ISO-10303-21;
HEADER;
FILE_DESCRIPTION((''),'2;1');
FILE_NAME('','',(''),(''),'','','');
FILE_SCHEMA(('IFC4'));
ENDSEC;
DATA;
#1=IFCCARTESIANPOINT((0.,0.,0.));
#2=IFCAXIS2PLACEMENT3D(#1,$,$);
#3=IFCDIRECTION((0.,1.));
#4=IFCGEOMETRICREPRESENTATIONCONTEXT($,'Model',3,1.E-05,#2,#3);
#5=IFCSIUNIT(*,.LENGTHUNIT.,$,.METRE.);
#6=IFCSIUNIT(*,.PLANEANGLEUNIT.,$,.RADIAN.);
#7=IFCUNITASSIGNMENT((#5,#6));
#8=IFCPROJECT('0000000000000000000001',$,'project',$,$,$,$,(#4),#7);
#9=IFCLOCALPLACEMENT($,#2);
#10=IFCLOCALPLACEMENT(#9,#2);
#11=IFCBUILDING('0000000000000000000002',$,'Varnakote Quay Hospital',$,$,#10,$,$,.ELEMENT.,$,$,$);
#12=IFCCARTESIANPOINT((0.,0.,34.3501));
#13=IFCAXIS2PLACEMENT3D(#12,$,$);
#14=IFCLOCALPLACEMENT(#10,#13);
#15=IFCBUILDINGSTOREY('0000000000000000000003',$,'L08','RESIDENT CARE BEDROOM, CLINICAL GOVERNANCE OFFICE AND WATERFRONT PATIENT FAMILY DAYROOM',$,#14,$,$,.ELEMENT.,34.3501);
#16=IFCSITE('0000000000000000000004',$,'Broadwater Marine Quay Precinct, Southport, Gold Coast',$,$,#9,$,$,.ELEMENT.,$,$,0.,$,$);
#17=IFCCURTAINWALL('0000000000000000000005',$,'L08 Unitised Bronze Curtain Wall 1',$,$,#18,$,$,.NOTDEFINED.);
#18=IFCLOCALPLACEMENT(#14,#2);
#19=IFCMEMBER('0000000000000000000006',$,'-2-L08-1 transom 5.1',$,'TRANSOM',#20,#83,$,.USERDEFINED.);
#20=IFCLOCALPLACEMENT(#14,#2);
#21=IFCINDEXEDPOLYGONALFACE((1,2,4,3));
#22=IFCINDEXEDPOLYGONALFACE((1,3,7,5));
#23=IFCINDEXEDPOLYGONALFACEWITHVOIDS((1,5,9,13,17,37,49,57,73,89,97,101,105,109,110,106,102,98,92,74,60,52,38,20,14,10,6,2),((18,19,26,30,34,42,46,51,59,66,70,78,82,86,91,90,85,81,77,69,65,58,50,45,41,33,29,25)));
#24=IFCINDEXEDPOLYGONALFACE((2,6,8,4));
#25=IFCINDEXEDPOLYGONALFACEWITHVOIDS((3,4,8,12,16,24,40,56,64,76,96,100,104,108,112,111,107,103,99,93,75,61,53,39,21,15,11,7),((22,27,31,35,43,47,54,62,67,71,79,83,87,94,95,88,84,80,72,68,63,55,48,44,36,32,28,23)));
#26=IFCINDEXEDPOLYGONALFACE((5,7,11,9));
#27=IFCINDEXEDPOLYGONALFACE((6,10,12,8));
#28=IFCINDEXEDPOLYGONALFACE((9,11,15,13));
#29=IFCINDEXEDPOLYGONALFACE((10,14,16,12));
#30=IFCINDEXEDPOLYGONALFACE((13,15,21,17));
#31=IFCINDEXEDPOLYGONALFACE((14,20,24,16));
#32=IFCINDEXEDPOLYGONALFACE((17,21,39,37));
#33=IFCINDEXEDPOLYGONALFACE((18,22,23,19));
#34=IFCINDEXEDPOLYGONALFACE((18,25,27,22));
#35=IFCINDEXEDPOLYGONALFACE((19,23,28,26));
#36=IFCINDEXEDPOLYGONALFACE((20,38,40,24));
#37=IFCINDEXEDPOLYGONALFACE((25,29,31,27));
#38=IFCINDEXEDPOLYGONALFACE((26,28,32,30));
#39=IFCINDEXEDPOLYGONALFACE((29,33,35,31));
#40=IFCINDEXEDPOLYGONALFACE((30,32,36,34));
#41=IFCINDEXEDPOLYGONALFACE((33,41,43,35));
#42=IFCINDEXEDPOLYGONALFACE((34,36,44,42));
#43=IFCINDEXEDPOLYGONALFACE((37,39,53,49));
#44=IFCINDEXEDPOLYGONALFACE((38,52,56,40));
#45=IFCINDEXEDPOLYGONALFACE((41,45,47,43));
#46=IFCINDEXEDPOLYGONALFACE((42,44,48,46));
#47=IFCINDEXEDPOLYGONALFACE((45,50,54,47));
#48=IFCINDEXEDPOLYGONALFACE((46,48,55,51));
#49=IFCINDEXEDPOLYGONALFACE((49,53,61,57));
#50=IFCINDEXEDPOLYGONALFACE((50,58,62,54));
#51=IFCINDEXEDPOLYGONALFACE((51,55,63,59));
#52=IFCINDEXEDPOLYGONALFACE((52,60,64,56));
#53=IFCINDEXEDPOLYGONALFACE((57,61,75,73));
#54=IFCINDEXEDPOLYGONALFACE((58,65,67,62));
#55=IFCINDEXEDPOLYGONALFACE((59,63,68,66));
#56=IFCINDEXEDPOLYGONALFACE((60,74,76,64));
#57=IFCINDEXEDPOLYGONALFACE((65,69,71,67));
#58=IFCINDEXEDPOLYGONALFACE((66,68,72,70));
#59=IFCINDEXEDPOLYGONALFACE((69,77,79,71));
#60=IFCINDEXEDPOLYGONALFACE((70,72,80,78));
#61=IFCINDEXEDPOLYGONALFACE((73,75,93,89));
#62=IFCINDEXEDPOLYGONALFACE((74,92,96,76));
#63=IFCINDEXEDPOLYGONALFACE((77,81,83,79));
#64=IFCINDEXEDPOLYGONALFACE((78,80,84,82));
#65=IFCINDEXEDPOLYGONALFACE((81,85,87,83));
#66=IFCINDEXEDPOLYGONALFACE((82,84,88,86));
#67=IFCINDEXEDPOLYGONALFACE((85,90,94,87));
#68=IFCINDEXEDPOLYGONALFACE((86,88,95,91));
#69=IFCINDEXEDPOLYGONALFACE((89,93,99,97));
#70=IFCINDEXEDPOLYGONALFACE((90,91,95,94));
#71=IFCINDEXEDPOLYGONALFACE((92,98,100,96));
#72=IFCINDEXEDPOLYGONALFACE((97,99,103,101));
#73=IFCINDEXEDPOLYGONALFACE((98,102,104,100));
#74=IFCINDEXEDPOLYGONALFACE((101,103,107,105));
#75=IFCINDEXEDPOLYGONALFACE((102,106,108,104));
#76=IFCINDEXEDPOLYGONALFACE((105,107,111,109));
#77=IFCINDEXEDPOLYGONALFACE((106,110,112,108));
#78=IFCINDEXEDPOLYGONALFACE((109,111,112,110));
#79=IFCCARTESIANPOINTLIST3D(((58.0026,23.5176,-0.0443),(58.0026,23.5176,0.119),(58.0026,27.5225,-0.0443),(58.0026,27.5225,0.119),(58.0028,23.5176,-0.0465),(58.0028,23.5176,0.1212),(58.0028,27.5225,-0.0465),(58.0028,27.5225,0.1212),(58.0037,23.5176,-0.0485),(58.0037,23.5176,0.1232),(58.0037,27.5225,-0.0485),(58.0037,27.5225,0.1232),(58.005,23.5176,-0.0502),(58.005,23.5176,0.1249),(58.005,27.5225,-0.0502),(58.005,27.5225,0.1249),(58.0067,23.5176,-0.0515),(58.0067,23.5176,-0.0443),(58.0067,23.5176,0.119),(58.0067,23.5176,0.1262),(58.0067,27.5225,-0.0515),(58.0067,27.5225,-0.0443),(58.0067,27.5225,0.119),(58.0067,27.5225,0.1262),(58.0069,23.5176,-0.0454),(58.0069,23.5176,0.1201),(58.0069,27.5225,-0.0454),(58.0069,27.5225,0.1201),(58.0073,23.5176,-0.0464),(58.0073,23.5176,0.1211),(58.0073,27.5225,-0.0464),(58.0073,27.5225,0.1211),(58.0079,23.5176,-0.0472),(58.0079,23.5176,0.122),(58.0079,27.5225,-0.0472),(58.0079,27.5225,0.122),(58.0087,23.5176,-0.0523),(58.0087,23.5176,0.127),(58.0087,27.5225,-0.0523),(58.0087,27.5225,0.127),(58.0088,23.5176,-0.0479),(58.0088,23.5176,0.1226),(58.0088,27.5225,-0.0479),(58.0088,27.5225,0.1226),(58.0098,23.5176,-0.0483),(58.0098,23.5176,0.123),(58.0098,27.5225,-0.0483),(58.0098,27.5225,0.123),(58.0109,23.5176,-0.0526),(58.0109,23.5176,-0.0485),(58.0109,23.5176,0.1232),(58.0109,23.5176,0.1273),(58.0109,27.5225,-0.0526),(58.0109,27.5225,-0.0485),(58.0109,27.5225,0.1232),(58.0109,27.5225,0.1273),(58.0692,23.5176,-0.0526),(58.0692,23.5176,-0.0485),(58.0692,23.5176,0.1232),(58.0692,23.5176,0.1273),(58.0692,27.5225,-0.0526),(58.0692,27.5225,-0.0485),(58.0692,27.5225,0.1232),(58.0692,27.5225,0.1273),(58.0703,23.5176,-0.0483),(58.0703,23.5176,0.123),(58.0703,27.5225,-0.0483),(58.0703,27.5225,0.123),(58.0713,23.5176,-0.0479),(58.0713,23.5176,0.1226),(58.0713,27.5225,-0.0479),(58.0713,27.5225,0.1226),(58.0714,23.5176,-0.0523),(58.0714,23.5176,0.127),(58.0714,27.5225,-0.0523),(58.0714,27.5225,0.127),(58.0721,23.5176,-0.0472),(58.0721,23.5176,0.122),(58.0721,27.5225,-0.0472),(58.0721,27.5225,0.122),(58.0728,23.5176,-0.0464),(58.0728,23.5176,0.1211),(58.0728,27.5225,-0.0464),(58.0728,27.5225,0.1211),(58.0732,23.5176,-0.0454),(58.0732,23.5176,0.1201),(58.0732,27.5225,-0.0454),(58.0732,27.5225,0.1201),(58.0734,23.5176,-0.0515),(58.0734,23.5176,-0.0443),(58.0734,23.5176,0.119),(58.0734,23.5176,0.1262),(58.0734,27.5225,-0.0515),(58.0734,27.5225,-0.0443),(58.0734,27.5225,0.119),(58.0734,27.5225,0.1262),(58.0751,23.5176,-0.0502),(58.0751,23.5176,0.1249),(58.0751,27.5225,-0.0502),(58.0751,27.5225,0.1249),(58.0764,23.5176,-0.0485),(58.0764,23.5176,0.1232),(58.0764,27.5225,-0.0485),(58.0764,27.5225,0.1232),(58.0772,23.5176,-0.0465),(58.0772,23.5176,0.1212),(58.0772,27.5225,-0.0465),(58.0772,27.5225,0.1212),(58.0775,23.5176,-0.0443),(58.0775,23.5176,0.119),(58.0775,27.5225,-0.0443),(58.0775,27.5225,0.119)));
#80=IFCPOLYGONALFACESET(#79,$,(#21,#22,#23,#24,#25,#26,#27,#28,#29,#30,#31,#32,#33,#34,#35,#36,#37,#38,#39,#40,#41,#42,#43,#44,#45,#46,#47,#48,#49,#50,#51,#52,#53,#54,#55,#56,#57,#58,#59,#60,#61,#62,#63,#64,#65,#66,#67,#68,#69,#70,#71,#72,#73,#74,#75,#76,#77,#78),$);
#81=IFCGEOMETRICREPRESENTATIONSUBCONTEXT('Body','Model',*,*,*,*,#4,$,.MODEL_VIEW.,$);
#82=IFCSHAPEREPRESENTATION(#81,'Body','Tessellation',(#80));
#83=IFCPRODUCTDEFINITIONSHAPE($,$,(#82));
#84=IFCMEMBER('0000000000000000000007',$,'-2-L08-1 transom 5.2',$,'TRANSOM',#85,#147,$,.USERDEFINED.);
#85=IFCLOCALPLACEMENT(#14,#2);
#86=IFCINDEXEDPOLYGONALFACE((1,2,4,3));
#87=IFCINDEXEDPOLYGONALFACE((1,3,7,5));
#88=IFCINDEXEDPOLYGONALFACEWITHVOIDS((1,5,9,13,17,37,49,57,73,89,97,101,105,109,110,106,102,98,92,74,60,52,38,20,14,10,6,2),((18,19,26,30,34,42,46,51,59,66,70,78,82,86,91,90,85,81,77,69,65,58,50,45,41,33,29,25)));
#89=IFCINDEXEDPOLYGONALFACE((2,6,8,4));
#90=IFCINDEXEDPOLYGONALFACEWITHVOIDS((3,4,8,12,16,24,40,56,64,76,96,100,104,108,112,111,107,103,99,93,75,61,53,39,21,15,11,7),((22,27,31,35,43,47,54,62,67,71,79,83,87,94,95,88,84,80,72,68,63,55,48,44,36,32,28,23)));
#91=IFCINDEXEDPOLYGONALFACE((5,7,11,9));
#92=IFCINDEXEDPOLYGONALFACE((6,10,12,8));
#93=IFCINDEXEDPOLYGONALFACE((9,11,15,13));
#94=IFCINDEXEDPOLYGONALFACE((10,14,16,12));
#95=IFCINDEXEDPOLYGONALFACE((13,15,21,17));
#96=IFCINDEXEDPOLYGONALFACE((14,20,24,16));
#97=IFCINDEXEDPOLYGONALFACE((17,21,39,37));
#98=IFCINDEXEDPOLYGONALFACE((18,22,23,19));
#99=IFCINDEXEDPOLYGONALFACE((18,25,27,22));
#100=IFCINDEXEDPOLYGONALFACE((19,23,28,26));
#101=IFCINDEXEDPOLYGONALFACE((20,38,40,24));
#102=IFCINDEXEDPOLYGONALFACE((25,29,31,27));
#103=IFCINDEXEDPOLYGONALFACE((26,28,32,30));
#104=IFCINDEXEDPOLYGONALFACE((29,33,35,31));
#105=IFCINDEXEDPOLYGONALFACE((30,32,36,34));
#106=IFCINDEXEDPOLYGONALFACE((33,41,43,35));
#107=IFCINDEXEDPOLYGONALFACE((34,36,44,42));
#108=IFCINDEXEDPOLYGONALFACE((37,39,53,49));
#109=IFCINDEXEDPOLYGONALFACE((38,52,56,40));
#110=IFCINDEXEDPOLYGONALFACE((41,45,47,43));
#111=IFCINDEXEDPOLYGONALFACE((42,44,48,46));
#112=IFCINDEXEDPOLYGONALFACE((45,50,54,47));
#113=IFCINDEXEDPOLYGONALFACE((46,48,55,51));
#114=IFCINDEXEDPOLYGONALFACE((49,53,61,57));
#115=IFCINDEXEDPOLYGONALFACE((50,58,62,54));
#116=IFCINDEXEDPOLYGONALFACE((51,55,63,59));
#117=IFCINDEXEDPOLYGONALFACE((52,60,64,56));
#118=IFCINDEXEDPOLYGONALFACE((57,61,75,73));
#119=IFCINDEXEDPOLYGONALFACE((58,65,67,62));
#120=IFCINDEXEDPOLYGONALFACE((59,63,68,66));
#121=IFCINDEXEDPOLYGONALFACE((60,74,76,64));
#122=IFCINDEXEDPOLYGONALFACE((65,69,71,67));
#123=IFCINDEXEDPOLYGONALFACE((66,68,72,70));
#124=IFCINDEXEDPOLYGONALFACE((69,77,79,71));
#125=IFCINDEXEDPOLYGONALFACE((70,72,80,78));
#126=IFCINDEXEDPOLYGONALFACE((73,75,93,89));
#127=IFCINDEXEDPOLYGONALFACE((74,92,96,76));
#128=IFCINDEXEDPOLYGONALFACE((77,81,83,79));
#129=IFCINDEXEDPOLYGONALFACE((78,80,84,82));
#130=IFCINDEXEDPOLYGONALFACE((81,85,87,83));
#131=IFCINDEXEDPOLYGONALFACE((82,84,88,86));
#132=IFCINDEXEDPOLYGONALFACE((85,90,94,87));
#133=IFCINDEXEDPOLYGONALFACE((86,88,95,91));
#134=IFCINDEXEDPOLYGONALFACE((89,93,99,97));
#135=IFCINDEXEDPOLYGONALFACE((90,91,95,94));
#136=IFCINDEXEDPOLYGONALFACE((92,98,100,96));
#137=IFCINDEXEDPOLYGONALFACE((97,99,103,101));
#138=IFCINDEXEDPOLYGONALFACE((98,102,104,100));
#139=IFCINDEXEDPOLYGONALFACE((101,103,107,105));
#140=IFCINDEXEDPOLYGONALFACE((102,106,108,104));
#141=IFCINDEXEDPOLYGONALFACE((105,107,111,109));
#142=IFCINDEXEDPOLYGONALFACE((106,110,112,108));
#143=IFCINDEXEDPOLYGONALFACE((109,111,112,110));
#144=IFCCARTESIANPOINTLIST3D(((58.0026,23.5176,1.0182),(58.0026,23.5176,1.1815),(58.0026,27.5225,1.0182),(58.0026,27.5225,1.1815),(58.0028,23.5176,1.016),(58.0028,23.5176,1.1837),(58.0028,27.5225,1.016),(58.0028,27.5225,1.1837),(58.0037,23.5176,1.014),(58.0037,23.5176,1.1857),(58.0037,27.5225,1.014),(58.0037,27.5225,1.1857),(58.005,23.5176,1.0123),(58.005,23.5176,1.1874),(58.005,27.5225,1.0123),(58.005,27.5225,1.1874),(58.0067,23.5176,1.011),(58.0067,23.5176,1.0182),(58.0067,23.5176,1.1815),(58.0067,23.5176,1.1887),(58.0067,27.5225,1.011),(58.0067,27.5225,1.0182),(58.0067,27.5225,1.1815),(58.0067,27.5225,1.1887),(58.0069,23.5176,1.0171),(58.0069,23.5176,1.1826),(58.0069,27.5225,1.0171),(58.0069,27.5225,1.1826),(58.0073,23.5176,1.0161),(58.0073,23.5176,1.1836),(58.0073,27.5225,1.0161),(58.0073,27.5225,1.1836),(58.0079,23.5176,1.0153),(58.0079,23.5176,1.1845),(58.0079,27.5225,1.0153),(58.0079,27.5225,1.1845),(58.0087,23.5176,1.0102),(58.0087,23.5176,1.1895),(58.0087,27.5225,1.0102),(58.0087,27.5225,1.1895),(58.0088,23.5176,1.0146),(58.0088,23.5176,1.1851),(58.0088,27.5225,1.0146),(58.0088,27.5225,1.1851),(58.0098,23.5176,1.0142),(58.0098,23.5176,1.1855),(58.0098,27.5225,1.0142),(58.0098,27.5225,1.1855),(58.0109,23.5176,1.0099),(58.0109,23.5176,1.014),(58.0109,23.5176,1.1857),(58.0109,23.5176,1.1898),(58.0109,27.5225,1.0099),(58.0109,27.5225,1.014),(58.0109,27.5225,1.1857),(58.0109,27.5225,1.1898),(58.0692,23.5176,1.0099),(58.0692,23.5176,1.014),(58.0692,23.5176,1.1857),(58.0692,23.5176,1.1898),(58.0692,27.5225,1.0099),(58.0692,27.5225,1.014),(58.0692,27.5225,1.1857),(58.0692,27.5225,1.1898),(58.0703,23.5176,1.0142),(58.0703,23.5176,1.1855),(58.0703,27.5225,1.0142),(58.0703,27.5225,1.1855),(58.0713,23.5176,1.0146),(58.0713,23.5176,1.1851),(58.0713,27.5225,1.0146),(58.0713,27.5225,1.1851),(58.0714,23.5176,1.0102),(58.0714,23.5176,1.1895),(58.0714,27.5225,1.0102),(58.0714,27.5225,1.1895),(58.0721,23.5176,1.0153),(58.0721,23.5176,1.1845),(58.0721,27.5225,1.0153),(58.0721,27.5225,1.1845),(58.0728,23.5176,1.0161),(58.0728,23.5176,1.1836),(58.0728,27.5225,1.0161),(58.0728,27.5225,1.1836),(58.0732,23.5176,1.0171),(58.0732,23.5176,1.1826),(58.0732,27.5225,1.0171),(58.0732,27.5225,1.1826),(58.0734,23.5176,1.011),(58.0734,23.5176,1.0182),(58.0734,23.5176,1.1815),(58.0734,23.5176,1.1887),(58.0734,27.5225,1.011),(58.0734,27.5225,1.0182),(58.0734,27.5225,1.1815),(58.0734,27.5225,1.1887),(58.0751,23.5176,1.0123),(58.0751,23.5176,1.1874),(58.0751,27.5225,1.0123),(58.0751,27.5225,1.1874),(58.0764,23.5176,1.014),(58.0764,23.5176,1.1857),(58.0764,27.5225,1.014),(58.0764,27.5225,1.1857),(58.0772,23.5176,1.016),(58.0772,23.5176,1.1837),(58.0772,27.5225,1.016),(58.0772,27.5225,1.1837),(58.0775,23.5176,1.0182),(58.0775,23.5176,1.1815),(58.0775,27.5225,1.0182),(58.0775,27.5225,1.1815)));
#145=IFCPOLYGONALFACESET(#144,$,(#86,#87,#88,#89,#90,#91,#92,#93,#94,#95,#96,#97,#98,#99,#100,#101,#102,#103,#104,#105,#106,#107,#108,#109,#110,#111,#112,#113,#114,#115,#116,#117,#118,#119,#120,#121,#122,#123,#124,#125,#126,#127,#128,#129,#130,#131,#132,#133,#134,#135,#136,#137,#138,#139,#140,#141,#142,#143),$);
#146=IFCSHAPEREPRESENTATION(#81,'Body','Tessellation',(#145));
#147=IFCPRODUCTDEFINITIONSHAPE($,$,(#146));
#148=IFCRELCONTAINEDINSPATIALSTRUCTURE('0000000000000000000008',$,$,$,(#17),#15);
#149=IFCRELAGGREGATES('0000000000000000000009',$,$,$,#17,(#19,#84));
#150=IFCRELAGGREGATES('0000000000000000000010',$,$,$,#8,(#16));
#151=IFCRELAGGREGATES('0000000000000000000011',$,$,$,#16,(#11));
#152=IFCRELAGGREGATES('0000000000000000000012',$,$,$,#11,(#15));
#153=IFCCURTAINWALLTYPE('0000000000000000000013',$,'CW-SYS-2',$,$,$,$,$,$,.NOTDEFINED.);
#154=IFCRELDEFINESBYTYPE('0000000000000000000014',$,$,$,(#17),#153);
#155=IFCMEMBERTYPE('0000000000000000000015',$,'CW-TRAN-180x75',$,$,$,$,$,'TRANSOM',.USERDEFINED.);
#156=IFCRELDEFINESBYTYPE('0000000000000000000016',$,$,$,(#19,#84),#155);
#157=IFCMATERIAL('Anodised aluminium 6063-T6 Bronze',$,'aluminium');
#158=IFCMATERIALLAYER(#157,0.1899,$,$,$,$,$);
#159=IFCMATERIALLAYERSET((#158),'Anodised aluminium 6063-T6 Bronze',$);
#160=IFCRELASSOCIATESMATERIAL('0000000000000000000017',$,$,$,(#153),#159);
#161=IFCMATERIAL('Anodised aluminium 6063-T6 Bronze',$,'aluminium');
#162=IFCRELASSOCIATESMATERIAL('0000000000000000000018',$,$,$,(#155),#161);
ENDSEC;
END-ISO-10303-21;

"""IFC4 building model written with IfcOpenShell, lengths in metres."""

from ifc_helpers import new_model, si_unit, direction, frame, origin, origin_2d, place, context, subcontext, project, spatial, hollow_rectangle, extrude, material, layer, layer_set, material_profile, profile_set, type_object, element, aggregate, save


model = new_model("IFC4")

# Units and contexts
model_context = context("Model", 3, precision=1e-05, world=origin(), true_north=direction((0.0, 1.0)))
body_context = subcontext(model_context, "Body", "Model", "MODEL_VIEW")
ifc_project = project(units=[si_unit("LENGTHUNIT", "METRE"), si_unit("PLANEANGLEUNIT", "RADIAN")], contexts=[model_context])

# Site, building, storey
site_placement = place(None, origin())
site = spatial("IfcSite", under=ifc_project, at=site_placement, Name="Broadwater Marine Quay Precinct, Southport, Gold Coast", CompositionType="ELEMENT", RefElevation=0.0)
building_placement = place(site_placement, origin())
building = spatial("IfcBuilding", under=site, at=building_placement, Name="Varnakote Quay Hospital", CompositionType="ELEMENT")
storey_placement = place(building_placement, frame((0.0, 0.0, 34.3501)))
storey = spatial("IfcBuildingStorey", under=building, at=storey_placement, Name="L08", Description="RESIDENT CARE BEDROOM, CLINICAL GOVERNANCE OFFICE AND WATERFRONT PATIENT FAMILY DAYROOM", CompositionType="ELEMENT", Elevation=34.3501)

# Curtain wall, members
ifc_material_1 = material(Name="Anodised aluminium 6063-T6 Bronze", Category="aluminium")
ifc_layer_1 = layer(ifc_material_1, 0.1899)
ifc_layer_set_1 = layer_set([ifc_layer_1], Name="Anodised aluminium 6063-T6 Bronze")
curtain_wall_type = type_object("IfcCurtainWallType", Name="CW-SYS-2", PredefinedType="NOTDEFINED", material=ifc_layer_set_1)
curtain_wall_placement = place(storey_placement, origin())
curtain_wall = element("IfcCurtainWall", 1, at=curtain_wall_placement, inside=storey, type_object=curtain_wall_type, Name="L08 Unitised Bronze Curtain Wall 1", PredefinedType="NOTDEFINED")
ifc_material_2 = material(Name="Anodised aluminium 6063-T6 Bronze", Category="aluminium")
ifc_material_profile_1 = material_profile(ifc_material_2, hollow_rectangle(XDim=0.075, YDim=0.1799, WallThickness=0.0042, InnerFilletRadius=0.0042, OuterFilletRadius=0.0083, at=origin_2d()), Name="CW-TRAN-180x75")
ifc_profile_set_1 = profile_set([ifc_material_profile_1], Name="Anodised aluminium 6063-T6 Bronze")
member_type_1 = type_object("IfcMemberType", Name="CW-TRAN-180x75", ElementType="TRANSOM", PredefinedType="USERDEFINED", material=ifc_profile_set_1)
member_1_placement = place(storey_placement, frame((58.04, 23.5176, 0.0374), z_axis=(0.0, 1.0, 0.0), x_axis=(-1.0, 0.0, 0.0)))
member_1 = element("IfcMember", 2, at=member_1_placement, type_object=member_type_1, Name="-2-L08-1 transom 5.1", ObjectType="TRANSOM", PredefinedType="USERDEFINED", context=body_context, shape_type="SweptSolid", body=[
    extrude(hollow_rectangle(XDim=0.075, YDim=0.1799, WallThickness=0.0042, InnerFilletRadius=0.0042, OuterFilletRadius=0.0083, at=origin_2d()), origin(), (0.0, 0.0, 1.0), 4.0049),
])
member_2_placement = place(storey_placement, frame((58.04, 23.5176, 1.0999), z_axis=(0.0, 1.0, 0.0), x_axis=(-1.0, 0.0, 0.0)))
member_2 = element("IfcMember", 3, at=member_2_placement, type_object=member_type_1, Name="-2-L08-1 transom 5.2", ObjectType="TRANSOM", PredefinedType="USERDEFINED", context=body_context, shape_type="SweptSolid", body=[
    extrude(hollow_rectangle(XDim=0.075, YDim=0.1799, WallThickness=0.0042, InnerFilletRadius=0.0042, OuterFilletRadius=0.0083, at=origin_2d()), origin(), (0.0, 0.0, 1.0), 4.0049),
])
aggregate(curtain_wall, [member_1, member_2])

save(model, "model.ifc")
